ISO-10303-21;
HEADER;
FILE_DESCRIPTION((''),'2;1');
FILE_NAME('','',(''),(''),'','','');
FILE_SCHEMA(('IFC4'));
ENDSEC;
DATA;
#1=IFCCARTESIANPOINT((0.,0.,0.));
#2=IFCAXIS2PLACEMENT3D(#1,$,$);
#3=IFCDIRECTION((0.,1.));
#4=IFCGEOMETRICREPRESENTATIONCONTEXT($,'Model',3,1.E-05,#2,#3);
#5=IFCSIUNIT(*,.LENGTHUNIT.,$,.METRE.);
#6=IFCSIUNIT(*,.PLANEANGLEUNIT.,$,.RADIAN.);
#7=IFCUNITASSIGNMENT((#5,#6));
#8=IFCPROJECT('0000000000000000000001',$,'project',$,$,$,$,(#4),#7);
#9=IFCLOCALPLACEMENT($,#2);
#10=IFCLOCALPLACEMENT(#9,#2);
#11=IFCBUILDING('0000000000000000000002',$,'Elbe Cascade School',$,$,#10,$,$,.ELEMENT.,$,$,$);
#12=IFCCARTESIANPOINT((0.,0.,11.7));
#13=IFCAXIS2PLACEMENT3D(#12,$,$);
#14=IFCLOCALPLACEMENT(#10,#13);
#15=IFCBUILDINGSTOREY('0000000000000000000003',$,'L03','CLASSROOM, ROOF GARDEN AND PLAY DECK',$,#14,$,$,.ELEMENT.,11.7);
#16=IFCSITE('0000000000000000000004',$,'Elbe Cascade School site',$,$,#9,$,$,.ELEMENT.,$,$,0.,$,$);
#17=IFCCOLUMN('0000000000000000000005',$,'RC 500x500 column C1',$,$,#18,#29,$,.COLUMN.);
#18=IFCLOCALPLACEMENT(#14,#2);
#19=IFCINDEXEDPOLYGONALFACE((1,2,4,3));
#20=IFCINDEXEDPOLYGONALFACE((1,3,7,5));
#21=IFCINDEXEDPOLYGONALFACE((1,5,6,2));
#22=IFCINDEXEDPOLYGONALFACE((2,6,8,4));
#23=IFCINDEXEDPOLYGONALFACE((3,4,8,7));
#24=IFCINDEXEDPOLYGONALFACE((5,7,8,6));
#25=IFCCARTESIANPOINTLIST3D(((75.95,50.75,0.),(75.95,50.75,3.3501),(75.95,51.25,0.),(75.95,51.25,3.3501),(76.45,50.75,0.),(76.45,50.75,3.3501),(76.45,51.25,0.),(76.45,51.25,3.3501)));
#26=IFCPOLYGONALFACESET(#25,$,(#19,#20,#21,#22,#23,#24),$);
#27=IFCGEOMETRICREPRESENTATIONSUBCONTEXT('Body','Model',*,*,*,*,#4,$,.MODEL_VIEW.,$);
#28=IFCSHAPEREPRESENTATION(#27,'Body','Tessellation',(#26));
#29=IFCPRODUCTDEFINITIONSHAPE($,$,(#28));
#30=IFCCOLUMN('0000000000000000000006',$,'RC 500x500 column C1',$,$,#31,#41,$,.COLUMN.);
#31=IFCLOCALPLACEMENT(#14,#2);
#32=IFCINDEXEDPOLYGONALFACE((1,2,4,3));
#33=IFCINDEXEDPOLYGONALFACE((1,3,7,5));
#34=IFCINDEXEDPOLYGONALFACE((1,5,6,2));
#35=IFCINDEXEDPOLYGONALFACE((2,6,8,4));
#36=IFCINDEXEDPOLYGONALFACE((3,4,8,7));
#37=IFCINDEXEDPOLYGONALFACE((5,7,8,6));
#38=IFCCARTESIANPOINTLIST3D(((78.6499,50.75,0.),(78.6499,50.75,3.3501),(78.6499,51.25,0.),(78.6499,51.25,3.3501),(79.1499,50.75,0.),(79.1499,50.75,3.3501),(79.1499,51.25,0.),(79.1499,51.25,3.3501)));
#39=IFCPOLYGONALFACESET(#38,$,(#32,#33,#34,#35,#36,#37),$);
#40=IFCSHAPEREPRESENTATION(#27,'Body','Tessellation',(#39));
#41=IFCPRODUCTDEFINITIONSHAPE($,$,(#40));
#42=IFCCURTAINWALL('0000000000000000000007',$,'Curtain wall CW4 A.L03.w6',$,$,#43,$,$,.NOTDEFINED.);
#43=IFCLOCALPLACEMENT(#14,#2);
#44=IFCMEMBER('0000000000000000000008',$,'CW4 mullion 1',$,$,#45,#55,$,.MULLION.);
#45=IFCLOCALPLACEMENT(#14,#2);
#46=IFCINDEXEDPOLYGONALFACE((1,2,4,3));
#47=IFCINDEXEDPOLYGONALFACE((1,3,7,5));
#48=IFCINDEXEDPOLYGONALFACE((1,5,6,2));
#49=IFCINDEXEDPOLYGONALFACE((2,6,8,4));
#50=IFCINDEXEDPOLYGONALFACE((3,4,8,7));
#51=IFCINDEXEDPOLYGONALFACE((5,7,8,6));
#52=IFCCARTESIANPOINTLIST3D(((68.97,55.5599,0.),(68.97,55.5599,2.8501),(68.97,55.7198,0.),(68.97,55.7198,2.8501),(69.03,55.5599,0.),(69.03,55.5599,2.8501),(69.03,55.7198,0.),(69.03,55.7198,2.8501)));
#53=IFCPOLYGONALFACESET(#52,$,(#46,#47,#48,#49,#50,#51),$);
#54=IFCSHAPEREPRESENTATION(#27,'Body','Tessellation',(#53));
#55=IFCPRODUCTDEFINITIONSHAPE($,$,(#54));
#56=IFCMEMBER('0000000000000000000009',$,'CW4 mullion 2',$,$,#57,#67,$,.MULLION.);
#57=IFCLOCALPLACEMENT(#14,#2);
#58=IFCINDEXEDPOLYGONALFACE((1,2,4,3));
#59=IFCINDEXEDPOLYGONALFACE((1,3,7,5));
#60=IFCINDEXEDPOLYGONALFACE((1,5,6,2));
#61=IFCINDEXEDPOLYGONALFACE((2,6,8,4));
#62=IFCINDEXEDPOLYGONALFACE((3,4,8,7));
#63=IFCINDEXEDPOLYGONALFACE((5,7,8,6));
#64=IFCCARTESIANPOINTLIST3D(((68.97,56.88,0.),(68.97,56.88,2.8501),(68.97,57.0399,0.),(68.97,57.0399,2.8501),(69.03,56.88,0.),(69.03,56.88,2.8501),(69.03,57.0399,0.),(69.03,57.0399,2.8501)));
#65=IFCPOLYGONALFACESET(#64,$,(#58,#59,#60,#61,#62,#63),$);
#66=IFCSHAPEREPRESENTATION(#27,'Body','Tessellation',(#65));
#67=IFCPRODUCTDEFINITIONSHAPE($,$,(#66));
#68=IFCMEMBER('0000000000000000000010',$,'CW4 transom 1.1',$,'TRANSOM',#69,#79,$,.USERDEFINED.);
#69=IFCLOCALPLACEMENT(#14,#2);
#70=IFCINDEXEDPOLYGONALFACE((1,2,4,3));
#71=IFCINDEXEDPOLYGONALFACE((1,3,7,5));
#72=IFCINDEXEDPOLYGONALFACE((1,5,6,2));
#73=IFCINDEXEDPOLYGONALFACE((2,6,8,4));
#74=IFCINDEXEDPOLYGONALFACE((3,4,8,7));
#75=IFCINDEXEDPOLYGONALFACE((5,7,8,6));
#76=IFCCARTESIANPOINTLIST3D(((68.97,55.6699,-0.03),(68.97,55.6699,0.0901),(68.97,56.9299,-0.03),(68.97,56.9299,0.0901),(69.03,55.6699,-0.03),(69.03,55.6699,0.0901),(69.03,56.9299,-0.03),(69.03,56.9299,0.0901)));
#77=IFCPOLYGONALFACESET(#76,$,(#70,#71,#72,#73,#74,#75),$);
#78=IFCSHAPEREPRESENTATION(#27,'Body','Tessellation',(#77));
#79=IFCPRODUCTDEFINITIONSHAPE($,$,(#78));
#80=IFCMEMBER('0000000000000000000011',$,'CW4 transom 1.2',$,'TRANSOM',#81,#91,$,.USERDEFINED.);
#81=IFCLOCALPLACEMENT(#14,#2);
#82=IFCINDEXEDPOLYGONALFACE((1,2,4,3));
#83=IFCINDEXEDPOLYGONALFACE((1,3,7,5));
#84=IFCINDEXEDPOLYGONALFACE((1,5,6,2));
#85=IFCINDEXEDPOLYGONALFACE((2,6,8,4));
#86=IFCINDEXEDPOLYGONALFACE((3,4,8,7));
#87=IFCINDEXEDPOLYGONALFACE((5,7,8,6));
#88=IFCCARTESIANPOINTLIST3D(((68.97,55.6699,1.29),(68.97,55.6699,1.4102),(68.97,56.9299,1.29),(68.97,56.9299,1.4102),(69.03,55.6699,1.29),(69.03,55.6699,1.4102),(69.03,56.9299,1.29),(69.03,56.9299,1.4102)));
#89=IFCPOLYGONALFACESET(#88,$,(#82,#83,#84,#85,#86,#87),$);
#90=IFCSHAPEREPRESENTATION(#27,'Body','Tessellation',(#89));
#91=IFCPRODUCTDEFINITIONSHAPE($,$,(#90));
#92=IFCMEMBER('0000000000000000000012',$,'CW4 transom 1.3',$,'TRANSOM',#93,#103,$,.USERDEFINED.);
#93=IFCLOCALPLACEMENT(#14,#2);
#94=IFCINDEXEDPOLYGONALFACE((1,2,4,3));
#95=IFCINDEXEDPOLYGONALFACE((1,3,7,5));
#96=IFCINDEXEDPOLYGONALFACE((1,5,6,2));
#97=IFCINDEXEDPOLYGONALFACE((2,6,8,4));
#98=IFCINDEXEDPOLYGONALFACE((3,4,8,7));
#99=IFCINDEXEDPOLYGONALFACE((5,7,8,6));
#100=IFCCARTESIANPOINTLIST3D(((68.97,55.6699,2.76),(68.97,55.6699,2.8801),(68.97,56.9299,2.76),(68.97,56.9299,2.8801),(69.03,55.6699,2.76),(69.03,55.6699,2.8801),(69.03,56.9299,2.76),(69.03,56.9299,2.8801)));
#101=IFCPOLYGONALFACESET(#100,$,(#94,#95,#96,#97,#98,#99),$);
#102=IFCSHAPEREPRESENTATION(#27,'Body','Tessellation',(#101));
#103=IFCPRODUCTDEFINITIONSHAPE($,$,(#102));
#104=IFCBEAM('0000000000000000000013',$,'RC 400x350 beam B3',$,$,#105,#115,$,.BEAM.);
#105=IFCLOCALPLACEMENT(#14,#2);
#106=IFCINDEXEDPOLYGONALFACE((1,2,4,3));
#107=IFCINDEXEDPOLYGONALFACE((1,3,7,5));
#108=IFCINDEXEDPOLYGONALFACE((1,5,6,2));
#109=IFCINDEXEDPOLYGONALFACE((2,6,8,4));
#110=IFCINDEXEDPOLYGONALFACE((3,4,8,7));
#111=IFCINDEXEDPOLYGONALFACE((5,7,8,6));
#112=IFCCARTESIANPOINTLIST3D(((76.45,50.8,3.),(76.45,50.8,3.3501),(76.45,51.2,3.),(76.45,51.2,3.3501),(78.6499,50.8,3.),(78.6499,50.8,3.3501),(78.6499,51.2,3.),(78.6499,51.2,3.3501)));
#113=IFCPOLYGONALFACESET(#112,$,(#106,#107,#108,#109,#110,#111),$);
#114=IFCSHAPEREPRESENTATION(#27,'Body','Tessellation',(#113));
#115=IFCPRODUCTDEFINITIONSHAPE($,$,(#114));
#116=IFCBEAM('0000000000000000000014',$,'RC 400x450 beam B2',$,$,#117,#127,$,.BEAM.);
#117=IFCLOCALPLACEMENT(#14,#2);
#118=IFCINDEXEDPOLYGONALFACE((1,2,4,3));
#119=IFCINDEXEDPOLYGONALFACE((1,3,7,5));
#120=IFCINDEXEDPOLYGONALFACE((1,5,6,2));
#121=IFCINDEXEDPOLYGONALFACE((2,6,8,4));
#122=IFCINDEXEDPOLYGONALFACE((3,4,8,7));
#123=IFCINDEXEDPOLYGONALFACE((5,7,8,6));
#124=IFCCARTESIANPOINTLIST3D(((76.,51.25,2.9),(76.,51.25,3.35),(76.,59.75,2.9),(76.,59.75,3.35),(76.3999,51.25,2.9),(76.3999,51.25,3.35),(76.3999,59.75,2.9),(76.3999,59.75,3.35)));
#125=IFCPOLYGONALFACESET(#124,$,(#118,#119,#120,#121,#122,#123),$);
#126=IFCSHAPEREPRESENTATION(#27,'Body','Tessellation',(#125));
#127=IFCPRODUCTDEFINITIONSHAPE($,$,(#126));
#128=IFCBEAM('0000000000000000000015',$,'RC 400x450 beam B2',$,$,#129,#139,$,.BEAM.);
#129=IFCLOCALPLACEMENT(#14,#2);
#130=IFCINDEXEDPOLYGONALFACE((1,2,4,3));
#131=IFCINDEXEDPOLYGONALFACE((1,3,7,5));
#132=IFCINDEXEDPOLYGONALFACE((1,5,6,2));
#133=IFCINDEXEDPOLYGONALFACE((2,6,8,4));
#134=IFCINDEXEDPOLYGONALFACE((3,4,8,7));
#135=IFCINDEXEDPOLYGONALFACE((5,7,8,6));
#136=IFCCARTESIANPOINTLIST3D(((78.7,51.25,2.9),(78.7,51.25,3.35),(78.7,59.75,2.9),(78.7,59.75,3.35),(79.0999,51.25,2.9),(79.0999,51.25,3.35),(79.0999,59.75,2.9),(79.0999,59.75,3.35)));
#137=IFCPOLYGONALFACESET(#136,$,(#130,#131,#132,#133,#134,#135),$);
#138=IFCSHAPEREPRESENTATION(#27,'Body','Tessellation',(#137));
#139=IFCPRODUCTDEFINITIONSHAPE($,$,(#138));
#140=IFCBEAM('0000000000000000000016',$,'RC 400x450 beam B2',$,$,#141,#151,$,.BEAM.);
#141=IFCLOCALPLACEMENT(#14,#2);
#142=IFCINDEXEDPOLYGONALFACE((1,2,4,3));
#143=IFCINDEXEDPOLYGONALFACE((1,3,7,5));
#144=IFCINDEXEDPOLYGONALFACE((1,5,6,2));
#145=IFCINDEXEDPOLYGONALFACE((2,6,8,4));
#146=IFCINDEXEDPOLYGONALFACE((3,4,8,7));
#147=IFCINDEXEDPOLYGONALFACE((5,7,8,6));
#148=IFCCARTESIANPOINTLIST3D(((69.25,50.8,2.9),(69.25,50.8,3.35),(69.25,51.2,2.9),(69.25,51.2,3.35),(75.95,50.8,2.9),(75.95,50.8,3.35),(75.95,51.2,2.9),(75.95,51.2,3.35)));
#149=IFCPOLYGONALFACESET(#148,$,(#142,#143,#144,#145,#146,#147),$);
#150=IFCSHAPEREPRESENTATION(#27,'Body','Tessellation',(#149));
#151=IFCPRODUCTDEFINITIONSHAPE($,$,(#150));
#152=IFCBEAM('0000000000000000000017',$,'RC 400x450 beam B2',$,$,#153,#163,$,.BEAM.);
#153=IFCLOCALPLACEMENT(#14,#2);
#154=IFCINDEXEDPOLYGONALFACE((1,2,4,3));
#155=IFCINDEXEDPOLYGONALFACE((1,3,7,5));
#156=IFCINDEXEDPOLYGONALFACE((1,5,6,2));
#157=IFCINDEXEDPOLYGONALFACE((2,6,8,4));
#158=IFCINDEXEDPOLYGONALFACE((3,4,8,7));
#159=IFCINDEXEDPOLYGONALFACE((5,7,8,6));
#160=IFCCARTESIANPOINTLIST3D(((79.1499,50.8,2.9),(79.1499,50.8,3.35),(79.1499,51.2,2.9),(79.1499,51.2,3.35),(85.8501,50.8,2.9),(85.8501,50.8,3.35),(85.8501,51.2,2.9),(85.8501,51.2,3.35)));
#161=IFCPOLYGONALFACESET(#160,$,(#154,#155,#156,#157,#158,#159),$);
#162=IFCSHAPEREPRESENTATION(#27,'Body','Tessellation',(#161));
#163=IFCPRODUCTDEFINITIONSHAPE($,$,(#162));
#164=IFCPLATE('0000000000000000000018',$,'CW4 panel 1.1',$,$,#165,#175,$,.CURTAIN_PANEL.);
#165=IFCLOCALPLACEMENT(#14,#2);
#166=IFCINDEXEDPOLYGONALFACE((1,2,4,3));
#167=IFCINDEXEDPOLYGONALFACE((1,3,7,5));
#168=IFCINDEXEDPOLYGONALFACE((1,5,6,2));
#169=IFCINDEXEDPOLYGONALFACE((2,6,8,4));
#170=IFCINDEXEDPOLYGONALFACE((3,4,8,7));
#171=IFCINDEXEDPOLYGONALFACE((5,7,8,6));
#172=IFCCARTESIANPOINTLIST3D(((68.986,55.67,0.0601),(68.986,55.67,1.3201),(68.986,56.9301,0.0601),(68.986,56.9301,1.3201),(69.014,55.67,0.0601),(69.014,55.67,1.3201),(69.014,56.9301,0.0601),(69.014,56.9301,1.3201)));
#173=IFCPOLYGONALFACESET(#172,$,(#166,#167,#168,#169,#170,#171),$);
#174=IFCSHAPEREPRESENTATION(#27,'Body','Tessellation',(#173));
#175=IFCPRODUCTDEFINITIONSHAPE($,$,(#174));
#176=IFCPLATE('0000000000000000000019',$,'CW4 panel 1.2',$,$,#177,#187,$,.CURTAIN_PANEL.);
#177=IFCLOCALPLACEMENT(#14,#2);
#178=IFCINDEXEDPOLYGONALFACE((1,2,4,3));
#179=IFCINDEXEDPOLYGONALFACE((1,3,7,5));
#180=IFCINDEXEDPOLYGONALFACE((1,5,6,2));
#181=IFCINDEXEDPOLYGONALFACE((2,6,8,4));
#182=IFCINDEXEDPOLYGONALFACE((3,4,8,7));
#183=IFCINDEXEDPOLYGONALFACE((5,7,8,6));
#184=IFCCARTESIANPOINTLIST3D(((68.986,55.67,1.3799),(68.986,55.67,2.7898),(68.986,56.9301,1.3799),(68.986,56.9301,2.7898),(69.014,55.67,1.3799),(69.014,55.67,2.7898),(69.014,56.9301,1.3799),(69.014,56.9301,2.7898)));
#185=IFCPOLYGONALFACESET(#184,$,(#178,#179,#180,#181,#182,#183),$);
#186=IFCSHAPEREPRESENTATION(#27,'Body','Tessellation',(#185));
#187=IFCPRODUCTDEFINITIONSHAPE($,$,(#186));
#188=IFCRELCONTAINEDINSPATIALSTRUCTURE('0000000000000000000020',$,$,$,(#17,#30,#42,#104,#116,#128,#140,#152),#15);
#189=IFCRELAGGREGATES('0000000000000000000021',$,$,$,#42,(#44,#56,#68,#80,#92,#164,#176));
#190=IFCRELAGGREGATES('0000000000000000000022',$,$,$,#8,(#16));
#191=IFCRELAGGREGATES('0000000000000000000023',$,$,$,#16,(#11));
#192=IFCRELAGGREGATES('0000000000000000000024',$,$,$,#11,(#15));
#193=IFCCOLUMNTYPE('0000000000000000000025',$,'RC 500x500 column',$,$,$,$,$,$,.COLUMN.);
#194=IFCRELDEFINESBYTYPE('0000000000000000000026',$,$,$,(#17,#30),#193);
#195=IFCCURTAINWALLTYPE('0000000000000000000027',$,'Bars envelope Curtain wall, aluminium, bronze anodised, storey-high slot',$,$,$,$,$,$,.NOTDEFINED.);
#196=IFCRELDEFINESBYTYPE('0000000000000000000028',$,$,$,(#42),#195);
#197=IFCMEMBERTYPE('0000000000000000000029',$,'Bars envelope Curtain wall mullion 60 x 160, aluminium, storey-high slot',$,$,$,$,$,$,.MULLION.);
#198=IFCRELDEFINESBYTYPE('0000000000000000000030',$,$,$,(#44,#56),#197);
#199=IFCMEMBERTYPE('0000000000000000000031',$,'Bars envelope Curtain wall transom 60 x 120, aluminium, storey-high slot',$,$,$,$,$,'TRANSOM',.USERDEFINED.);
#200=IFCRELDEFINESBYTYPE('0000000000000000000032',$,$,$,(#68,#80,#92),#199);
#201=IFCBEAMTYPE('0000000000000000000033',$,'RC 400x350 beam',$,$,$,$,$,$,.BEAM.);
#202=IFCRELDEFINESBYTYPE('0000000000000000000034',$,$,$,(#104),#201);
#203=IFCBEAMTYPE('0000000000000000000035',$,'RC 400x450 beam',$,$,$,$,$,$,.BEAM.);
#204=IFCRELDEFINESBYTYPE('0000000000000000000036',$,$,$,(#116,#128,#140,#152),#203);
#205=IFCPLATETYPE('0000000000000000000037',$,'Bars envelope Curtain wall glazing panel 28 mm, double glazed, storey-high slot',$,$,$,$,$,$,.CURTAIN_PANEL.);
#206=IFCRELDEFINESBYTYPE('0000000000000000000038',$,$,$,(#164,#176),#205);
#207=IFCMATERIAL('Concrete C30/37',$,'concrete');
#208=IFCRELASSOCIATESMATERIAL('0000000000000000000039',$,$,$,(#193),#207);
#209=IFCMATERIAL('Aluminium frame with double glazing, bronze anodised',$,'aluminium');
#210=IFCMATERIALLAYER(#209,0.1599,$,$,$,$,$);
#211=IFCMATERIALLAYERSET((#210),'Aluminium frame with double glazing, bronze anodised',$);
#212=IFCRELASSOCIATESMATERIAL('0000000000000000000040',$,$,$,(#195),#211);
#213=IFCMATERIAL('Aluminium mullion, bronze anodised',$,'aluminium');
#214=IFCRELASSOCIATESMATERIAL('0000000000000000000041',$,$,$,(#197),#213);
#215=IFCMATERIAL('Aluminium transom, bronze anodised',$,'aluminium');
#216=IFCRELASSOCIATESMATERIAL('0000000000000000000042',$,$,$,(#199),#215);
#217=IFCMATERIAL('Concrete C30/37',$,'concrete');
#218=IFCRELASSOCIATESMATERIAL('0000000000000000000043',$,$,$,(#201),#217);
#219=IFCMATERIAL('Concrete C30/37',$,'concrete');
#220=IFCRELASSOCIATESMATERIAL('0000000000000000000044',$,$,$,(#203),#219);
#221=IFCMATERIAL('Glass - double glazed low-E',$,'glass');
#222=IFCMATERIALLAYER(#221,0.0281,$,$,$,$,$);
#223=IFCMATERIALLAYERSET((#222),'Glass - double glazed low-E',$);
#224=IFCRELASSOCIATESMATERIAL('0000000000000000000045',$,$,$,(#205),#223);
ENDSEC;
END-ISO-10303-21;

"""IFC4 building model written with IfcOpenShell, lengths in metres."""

from ifc_helpers import new_model, si_unit, direction, frame, origin, origin_2d, place, context, subcontext, project, spatial, rectangle, extrude, material, layer, layer_set, material_profile, profile_set, type_object, element, aggregate, save


model = new_model("IFC4")

# Units and contexts
model_context = context("Model", 3, precision=1e-05, world=origin(), true_north=direction((0.0, 1.0)))
body_context = subcontext(model_context, "Body", "Model", "MODEL_VIEW")
ifc_project = project(units=[si_unit("LENGTHUNIT", "METRE"), si_unit("PLANEANGLEUNIT", "RADIAN")], contexts=[model_context])

# Site, building, storey
site_placement = place(None, origin())
site = spatial("IfcSite", under=ifc_project, at=site_placement, Name="Elbe Cascade School site", CompositionType="ELEMENT", RefElevation=0.0)
building_placement = place(site_placement, origin())
building = spatial("IfcBuilding", under=site, at=building_placement, Name="Elbe Cascade School", CompositionType="ELEMENT")
storey_placement = place(building_placement, frame((0.0, 0.0, 11.7)))
storey = spatial("IfcBuildingStorey", under=building, at=storey_placement, Name="L03", Description="CLASSROOM, ROOF GARDEN AND PLAY DECK", CompositionType="ELEMENT", Elevation=11.7)

# Columns
ifc_material_1 = material(Name="Concrete C30/37", Category="concrete")
ifc_material_profile_1 = material_profile(ifc_material_1, rectangle(XDim=0.5, YDim=0.5, at=origin_2d()), Name="RC 500x500")
ifc_profile_set_1 = profile_set([ifc_material_profile_1], Name="Concrete C30/37")
column_type = type_object("IfcColumnType", Name="RC 500x500 column", PredefinedType="COLUMN", material=ifc_profile_set_1)
for number, where, z_axis, x_axis, name in (
    (1, (76.2, 51.0, 0.0), (0.0, 0.0, 1.0), (1.0, 0.0, 0.0), "RC 500x500 column C1"),
    (2, (78.8999, 51.0, 0.0), (0.0, 0.0, 1.0), (1.0, 0.0, 0.0), "RC 500x500 column C1"),
):
    element("IfcColumn", number, at=place(storey_placement, frame(where, z_axis=z_axis, x_axis=x_axis)), inside=storey, type_object=column_type, Name=name, PredefinedType="COLUMN", context=body_context, shape_type="SweptSolid", body=[
        extrude(rectangle(XDim=0.5, YDim=0.5, at=origin_2d()), origin(), (0.0, 0.0, 1.0), 3.3501),
    ])

# Curtain wall, members
ifc_material_2 = material(Name="Aluminium frame with double glazing, bronze anodised", Category="aluminium")
ifc_layer_1 = layer(ifc_material_2, 0.1599)
ifc_layer_set_1 = layer_set([ifc_layer_1], Name="Aluminium frame with double glazing, bronze anodised")
curtain_wall_type = type_object("IfcCurtainWallType", Name="Bars envelope Curtain wall, aluminium, bronze anodised, storey-high slot", PredefinedType="NOTDEFINED", material=ifc_layer_set_1)
curtain_wall_placement = place(storey_placement, origin())
curtain_wall = element("IfcCurtainWall", 3, at=curtain_wall_placement, inside=storey, type_object=curtain_wall_type, Name="Curtain wall CW4 A.L03.w6", PredefinedType="NOTDEFINED")
ifc_material_3 = material(Name="Aluminium mullion, bronze anodised", Category="aluminium")
ifc_material_profile_2 = material_profile(ifc_material_3, rectangle(XDim=0.0601, YDim=0.1599, at=origin_2d()), Name="Bars envelope Curtain wall mullion 60 x 160, aluminium, storey-high slot")
ifc_profile_set_2 = profile_set([ifc_material_profile_2], Name="Aluminium mullion, bronze anodised")
member_type_1 = type_object("IfcMemberType", Name="Bars envelope Curtain wall mullion 60 x 160, aluminium, storey-high slot", PredefinedType="MULLION", material=ifc_profile_set_2)
member_1_placement = place(storey_placement, frame((69.0, 55.6399, 0.0), z_axis=(0.0, 0.0, 1.0), x_axis=(-1.0, 0.0, 0.0)))
member_1 = element("IfcMember", 4, at=member_1_placement, type_object=member_type_1, Name="CW4 mullion 1", PredefinedType="MULLION", context=body_context, shape_type="SweptSolid", body=[
    extrude(rectangle(XDim=0.0601, YDim=0.1599, at=origin_2d()), origin(), (0.0, 0.0, 1.0), 2.8501),
])
member_2_placement = place(storey_placement, frame((69.0, 56.96, 0.0), z_axis=(0.0, 0.0, 1.0), x_axis=(-1.0, 0.0, 0.0)))
member_2 = element("IfcMember", 5, at=member_2_placement, type_object=member_type_1, Name="CW4 mullion 2", PredefinedType="MULLION", context=body_context, shape_type="SweptSolid", body=[
    extrude(rectangle(XDim=0.0601, YDim=0.1599, at=origin_2d()), origin(), (0.0, 0.0, 1.0), 2.8501),
])
ifc_material_4 = material(Name="Aluminium transom, bronze anodised", Category="aluminium")
ifc_material_profile_3 = material_profile(ifc_material_4, rectangle(XDim=0.0601, YDim=0.1201, at=origin_2d()), Name="Bars envelope Curtain wall transom 60 x 120, aluminium, storey-high slot")
ifc_profile_set_3 = profile_set([ifc_material_profile_3], Name="Aluminium transom, bronze anodised")
member_type_2 = type_object("IfcMemberType", Name="Bars envelope Curtain wall transom 60 x 120, aluminium, storey-high slot", ElementType="TRANSOM", PredefinedType="USERDEFINED", material=ifc_profile_set_3)
member_3_placement = place(storey_placement, frame((69.0, 55.6699, 0.03), z_axis=(0.0, 1.0, 0.0), x_axis=(-1.0, 0.0, 0.0)))
member_3 = element("IfcMember", 6, at=member_3_placement, type_object=member_type_2, Name="CW4 transom 1.1", ObjectType="TRANSOM", PredefinedType="USERDEFINED", context=body_context, shape_type="SweptSolid", body=[
    extrude(rectangle(XDim=0.0601, YDim=0.1201, at=origin_2d()), origin(), (0.0, 0.0, 1.0), 1.26),
])
member_4_placement = place(storey_placement, frame((69.0, 55.6699, 1.3501), z_axis=(0.0, 1.0, 0.0), x_axis=(-1.0, 0.0, 0.0)))
member_4 = element("IfcMember", 7, at=member_4_placement, type_object=member_type_2, Name="CW4 transom 1.2", ObjectType="TRANSOM", PredefinedType="USERDEFINED", context=body_context, shape_type="SweptSolid", body=[
    extrude(rectangle(XDim=0.0601, YDim=0.1201, at=origin_2d()), origin(), (0.0, 0.0, 1.0), 1.26),
])
member_5_placement = place(storey_placement, frame((69.0, 55.6699, 2.8201), z_axis=(0.0, 1.0, 0.0), x_axis=(-1.0, 0.0, 0.0)))
member_5 = element("IfcMember", 8, at=member_5_placement, type_object=member_type_2, Name="CW4 transom 1.3", ObjectType="TRANSOM", PredefinedType="USERDEFINED", context=body_context, shape_type="SweptSolid", body=[
    extrude(rectangle(XDim=0.0601, YDim=0.1201, at=origin_2d()), origin(), (0.0, 0.0, 1.0), 1.26),
])

# Beams
ifc_material_5 = material(Name="Concrete C30/37", Category="concrete")
ifc_material_profile_4 = material_profile(ifc_material_5, rectangle(XDim=0.3999, YDim=0.3501, at=origin_2d()), Name="RC 400x350")
ifc_profile_set_4 = profile_set([ifc_material_profile_4], Name="Concrete C30/37")
beam_type_1 = type_object("IfcBeamType", Name="RC 400x350 beam", PredefinedType="BEAM", material=ifc_profile_set_4)
beam_1_placement = place(storey_placement, frame((76.45, 51.0, 3.175), z_axis=(1.0, 0.0, 0.0), x_axis=(0.0, 1.0, 0.0)))
element("IfcBeam", 9, at=beam_1_placement, inside=storey, type_object=beam_type_1, Name="RC 400x350 beam B3", PredefinedType="BEAM", context=body_context, shape_type="SweptSolid", body=[
    extrude(rectangle(XDim=0.3999, YDim=0.3501, at=origin_2d()), origin(), (0.0, 0.0, 1.0), 2.2),
])
ifc_material_6 = material(Name="Concrete C30/37", Category="concrete")
ifc_material_profile_5 = material_profile(ifc_material_6, rectangle(XDim=0.3999, YDim=0.45, at=origin_2d()), Name="RC 400x450")
ifc_profile_set_5 = profile_set([ifc_material_profile_5], Name="Concrete C30/37")
beam_type_2 = type_object("IfcBeamType", Name="RC 400x450 beam", PredefinedType="BEAM", material=ifc_profile_set_5)
for number, where, z_axis, x_axis, name in (
    (10, (76.2, 51.25, 3.125), (0.0, 1.0, 0.0), (-1.0, 0.0, 0.0), "RC 400x450 beam B2"),
    (11, (78.8999, 51.25, 3.125), (0.0, 1.0, 0.0), (-1.0, 0.0, 0.0), "RC 400x450 beam B2"),
):
    element("IfcBeam", number, at=place(storey_placement, frame(where, z_axis=z_axis, x_axis=x_axis)), inside=storey, type_object=beam_type_2, Name=name, PredefinedType="BEAM", context=body_context, shape_type="SweptSolid", body=[
        extrude(rectangle(XDim=0.3999, YDim=0.45, at=origin_2d()), origin(), (0.0, 0.0, 1.0), 8.5),
    ])
beam_2_placement = place(storey_placement, frame((69.25, 51.0, 3.125), z_axis=(1.0, 0.0, 0.0), x_axis=(0.0, 1.0, 0.0)))
element("IfcBeam", 12, at=beam_2_placement, inside=storey, type_object=beam_type_2, Name="RC 400x450 beam B2", PredefinedType="BEAM", context=body_context, shape_type="SweptSolid", body=[
    extrude(rectangle(XDim=0.3999, YDim=0.45, at=origin_2d()), origin(), (0.0, 0.0, 1.0), 6.7),
])
beam_3_placement = place(storey_placement, frame((79.1499, 51.0, 3.125), z_axis=(1.0, 0.0, 0.0), x_axis=(0.0, 1.0, 0.0)))
element("IfcBeam", 13, at=beam_3_placement, inside=storey, type_object=beam_type_2, Name="RC 400x450 beam B2", PredefinedType="BEAM", context=body_context, shape_type="SweptSolid", body=[
    extrude(rectangle(XDim=0.3999, YDim=0.45, at=origin_2d()), origin(), (0.0, 0.0, 1.0), 6.7002),
])

# Plates
ifc_material_7 = material(Name="Glass - double glazed low-E", Category="glass")
ifc_layer_2 = layer(ifc_material_7, 0.0281)
ifc_layer_set_2 = layer_set([ifc_layer_2], Name="Glass - double glazed low-E")
plate_type = type_object("IfcPlateType", Name="Bars envelope Curtain wall glazing panel 28 mm, double glazed, storey-high slot", PredefinedType="CURTAIN_PANEL", material=ifc_layer_set_2)
plate_1_placement = place(storey_placement, frame((69.0, 56.3, 0.0601), z_axis=(0.0, 0.0, 1.0), x_axis=(0.0, 1.0, 0.0)))
plate_1 = element("IfcPlate", 14, at=plate_1_placement, type_object=plate_type, Name="CW4 panel 1.1", PredefinedType="CURTAIN_PANEL", context=body_context, shape_type="SweptSolid", body=[
    extrude(rectangle(XDim=1.26, YDim=0.0281, at=origin_2d()), origin(), (0.0, 0.0, 1.0), 1.26),
])
plate_2_placement = place(storey_placement, frame((69.0, 56.3, 1.3799), z_axis=(0.0, 0.0, 1.0), x_axis=(0.0, 1.0, 0.0)))
plate_2 = element("IfcPlate", 15, at=plate_2_placement, type_object=plate_type, Name="CW4 panel 1.2", PredefinedType="CURTAIN_PANEL", context=body_context, shape_type="SweptSolid", body=[
    extrude(rectangle(XDim=1.26, YDim=0.0281, at=origin_2d()), origin(), (0.0, 0.0, 1.0), 1.4099),
])
aggregate(curtain_wall, [member_1, member_2, member_3, member_4, member_5, plate_1, plate_2])

save(model, "model.ifc")
